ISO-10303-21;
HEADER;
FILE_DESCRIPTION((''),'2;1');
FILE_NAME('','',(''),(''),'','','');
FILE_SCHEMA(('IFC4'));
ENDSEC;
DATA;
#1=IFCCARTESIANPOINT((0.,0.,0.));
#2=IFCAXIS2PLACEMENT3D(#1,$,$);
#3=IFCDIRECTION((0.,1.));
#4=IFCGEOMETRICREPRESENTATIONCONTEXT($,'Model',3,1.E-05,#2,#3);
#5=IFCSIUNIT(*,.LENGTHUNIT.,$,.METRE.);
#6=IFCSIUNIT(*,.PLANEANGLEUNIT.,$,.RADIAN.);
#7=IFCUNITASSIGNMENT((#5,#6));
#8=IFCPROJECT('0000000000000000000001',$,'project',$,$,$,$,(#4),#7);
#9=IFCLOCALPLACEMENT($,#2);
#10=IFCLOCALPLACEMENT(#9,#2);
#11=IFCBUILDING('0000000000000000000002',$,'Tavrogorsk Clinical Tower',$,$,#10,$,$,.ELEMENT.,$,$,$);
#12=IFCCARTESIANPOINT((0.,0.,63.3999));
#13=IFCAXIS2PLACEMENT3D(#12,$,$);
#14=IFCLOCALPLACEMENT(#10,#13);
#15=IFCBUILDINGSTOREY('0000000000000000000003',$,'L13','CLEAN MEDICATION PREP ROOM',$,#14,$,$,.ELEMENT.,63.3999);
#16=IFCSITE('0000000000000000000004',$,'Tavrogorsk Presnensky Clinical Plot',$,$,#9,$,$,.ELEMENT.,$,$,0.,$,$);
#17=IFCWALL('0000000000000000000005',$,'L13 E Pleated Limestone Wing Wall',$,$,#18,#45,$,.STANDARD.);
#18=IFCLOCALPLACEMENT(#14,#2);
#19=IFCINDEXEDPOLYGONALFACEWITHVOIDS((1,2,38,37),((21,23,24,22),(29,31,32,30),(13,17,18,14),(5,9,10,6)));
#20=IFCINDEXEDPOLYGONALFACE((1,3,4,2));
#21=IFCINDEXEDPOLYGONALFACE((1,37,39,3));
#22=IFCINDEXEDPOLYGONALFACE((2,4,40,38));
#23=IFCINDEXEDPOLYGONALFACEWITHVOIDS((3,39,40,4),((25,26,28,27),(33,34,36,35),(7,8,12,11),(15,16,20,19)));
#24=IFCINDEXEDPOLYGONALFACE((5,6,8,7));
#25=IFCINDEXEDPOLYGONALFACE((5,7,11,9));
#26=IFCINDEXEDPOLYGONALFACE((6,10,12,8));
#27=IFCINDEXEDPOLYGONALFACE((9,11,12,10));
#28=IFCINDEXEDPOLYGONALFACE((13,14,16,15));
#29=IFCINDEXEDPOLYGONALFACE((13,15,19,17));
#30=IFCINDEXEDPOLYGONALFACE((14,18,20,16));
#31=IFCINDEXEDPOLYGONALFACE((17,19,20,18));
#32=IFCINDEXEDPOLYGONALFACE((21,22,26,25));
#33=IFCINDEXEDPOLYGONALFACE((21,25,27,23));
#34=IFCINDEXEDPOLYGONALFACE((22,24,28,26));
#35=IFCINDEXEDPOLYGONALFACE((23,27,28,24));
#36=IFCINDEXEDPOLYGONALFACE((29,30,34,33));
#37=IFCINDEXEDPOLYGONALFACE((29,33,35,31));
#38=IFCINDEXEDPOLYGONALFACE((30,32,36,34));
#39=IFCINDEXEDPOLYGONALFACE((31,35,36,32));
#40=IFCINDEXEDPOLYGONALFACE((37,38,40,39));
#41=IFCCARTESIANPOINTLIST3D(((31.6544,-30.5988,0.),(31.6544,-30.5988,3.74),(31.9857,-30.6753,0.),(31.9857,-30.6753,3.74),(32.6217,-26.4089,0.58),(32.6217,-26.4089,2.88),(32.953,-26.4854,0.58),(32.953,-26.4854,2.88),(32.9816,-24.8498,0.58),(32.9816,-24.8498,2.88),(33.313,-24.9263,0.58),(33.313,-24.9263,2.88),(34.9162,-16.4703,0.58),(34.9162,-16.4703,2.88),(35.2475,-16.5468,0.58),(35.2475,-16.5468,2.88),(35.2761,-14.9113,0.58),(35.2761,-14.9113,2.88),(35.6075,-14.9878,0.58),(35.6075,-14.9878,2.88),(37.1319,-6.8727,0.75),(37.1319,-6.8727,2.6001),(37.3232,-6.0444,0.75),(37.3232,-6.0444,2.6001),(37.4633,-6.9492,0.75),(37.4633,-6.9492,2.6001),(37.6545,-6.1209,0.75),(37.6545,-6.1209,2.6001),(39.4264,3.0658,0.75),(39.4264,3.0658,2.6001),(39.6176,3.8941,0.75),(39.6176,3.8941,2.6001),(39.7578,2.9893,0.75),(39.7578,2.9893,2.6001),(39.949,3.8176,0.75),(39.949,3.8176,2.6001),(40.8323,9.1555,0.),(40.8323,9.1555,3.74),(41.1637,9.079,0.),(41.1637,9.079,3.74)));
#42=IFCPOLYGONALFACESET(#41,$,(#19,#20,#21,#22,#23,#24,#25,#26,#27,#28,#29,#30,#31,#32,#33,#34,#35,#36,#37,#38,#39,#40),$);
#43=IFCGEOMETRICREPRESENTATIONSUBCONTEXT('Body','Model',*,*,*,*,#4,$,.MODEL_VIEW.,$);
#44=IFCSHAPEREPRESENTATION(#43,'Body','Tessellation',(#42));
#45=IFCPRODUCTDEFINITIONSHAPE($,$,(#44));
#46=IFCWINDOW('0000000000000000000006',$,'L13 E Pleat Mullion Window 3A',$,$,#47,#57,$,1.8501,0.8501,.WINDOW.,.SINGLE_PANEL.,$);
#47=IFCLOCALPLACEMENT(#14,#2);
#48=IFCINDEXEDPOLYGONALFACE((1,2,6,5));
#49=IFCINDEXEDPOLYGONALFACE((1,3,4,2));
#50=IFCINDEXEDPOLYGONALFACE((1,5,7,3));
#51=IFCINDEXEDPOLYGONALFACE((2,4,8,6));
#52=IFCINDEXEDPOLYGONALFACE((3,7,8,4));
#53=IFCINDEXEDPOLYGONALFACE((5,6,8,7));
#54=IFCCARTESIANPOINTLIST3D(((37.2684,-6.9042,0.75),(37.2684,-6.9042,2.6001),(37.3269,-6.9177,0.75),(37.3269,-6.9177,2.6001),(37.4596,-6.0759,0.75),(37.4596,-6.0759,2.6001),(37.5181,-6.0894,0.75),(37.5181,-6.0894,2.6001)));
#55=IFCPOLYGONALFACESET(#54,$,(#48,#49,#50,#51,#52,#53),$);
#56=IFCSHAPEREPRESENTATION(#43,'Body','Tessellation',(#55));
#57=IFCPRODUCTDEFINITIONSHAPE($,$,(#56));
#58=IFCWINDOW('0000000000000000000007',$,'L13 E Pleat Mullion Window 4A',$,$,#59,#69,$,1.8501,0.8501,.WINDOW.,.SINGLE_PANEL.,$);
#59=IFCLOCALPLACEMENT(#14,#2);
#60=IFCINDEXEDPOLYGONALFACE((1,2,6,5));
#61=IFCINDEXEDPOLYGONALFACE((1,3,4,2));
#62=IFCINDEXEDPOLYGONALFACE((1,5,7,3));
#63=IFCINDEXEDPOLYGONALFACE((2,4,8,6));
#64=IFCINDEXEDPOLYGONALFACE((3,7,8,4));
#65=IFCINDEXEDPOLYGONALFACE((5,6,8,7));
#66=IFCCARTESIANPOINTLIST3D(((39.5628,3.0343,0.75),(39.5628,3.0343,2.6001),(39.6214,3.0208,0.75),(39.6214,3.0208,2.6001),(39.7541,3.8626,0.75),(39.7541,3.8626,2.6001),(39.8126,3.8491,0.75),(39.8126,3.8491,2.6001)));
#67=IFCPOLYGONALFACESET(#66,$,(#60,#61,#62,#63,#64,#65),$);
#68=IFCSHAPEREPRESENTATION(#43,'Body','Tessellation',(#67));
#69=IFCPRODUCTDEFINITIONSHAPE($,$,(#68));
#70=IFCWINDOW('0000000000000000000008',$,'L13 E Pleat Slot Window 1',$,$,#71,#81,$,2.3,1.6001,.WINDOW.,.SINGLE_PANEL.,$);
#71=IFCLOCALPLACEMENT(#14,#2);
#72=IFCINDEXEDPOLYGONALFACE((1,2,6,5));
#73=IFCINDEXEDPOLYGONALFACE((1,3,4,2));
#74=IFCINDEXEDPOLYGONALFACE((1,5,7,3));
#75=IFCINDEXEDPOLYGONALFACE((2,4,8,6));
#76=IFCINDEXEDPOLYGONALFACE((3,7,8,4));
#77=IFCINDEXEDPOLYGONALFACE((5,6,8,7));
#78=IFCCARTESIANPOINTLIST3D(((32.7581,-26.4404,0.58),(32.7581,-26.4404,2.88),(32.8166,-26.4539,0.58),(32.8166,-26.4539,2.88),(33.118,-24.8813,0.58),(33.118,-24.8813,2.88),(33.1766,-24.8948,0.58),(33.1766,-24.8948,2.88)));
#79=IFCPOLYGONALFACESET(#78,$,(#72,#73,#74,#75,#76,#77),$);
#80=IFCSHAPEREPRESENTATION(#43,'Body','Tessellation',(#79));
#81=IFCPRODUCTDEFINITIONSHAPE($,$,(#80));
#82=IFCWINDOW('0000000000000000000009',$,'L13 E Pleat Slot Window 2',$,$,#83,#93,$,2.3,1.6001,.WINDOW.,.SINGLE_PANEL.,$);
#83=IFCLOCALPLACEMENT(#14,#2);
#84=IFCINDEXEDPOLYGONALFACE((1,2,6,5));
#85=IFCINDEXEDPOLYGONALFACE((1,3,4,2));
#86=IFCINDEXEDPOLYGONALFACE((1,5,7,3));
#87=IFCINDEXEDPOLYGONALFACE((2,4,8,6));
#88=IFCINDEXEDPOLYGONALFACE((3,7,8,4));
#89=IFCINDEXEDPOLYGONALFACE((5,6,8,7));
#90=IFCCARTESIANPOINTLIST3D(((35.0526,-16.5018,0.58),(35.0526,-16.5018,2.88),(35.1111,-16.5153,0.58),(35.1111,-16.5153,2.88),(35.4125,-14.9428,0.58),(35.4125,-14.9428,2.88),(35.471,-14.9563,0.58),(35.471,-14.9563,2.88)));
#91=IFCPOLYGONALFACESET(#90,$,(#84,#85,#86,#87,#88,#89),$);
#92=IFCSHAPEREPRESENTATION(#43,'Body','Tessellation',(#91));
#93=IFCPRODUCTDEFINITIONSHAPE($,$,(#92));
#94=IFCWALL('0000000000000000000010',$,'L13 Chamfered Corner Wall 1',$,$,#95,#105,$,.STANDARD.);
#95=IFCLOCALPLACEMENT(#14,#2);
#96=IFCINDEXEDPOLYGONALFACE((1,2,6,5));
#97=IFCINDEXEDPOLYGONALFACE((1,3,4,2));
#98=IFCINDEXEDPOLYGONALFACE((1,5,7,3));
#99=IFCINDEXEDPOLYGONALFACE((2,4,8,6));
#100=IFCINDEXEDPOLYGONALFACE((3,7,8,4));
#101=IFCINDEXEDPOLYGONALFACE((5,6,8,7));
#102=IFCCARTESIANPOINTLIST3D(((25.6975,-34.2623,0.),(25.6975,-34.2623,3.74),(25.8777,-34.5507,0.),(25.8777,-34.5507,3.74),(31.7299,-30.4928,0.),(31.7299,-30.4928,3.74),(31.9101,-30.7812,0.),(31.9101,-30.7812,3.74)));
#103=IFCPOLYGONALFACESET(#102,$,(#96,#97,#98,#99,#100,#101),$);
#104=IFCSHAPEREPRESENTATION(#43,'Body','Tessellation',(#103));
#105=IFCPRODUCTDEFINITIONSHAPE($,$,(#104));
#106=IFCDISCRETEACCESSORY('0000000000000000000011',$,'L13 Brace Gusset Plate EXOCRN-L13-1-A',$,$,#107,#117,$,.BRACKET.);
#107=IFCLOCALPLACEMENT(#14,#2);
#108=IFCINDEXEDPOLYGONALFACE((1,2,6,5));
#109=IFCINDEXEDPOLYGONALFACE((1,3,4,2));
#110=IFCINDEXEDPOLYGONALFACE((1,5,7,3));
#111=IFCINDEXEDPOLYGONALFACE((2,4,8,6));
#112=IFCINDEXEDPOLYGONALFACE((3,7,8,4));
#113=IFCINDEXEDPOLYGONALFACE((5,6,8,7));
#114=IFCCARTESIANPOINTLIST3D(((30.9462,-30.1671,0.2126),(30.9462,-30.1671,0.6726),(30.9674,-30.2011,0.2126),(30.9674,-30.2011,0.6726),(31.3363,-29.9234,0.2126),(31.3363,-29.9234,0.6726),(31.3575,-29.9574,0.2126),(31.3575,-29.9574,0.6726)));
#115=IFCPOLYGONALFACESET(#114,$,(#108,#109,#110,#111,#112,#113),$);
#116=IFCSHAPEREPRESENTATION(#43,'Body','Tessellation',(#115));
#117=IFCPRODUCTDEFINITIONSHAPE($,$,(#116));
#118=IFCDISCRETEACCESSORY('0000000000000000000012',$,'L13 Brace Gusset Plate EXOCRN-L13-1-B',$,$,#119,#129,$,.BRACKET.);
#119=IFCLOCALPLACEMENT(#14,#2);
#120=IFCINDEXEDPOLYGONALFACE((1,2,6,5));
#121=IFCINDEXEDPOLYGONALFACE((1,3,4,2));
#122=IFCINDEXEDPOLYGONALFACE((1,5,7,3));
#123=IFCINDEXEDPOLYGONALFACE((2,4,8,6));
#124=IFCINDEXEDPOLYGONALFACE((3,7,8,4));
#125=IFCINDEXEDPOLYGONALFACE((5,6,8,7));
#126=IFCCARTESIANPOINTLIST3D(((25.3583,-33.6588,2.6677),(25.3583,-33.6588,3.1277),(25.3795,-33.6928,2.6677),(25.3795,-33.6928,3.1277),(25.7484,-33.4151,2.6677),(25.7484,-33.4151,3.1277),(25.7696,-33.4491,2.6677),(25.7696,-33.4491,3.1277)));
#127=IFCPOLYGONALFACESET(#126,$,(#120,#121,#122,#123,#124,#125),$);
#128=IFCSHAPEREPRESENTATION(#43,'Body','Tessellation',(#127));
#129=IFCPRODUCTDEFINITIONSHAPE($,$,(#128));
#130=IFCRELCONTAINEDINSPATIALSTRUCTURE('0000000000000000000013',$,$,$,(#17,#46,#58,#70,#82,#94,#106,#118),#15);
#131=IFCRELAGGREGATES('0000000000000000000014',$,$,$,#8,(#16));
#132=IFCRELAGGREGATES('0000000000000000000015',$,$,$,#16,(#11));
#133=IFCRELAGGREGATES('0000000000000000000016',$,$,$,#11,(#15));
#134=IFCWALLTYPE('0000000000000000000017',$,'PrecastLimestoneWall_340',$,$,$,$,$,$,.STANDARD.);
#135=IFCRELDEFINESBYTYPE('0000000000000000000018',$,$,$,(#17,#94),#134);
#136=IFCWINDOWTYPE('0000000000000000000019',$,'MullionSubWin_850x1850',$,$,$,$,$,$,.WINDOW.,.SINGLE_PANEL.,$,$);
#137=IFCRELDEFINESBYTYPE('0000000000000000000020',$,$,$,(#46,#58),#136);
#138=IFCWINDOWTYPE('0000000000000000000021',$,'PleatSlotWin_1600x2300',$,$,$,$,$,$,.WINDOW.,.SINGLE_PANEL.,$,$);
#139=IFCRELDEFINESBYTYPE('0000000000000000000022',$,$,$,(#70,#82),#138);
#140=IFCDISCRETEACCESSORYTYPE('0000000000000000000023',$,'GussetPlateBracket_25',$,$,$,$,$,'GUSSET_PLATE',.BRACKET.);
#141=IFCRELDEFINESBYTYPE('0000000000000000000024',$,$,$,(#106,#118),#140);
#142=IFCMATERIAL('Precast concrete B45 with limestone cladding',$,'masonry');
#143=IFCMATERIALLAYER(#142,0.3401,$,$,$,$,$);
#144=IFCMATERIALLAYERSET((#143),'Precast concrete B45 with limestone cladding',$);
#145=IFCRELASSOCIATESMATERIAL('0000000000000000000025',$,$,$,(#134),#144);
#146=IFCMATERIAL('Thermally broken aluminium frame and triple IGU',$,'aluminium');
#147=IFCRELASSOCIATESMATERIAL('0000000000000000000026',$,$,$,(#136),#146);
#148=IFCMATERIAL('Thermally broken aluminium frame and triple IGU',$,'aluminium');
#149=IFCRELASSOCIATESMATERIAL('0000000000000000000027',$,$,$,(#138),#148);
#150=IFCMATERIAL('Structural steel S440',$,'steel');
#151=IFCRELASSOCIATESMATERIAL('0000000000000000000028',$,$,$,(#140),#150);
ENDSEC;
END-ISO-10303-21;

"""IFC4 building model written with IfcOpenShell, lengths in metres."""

from ifc_helpers import new_model, si_unit, direction, frame, frame_2d, origin, origin_2d, place, context, subcontext, project, spatial, rectangle, extrude, material, layer, layer_set, type_object, element, fill, save


model = new_model("IFC4")

# Units and contexts
model_context = context("Model", 3, precision=1e-05, world=origin(), true_north=direction((0.0, 1.0)))
body_context = subcontext(model_context, "Body", "Model", "MODEL_VIEW")
ifc_project = project(units=[si_unit("LENGTHUNIT", "METRE"), si_unit("PLANEANGLEUNIT", "RADIAN")], contexts=[model_context])

# Site, building, storey
site_placement = place(None, origin())
site = spatial("IfcSite", under=ifc_project, at=site_placement, Name="Tavrogorsk Presnensky Clinical Plot", CompositionType="ELEMENT", RefElevation=0.0)
building_placement = place(site_placement, origin())
building = spatial("IfcBuilding", under=site, at=building_placement, Name="Tavrogorsk Clinical Tower", CompositionType="ELEMENT")
storey_placement = place(building_placement, frame((0.0, 0.0, 63.3999)))
storey = spatial("IfcBuildingStorey", under=building, at=storey_placement, Name="L13", Description="CLEAN MEDICATION PREP ROOM", CompositionType="ELEMENT", Elevation=63.3999)

# Wall, openings, windows
ifc_material_1 = material(Name="Precast concrete B45 with limestone cladding", Category="masonry")
ifc_layer_1 = layer(ifc_material_1, 0.3401)
ifc_layer_set_1 = layer_set([ifc_layer_1], Name="Precast concrete B45 with limestone cladding")
wall_type_1 = type_object("IfcWallType", Name="PrecastLimestoneWall_340", PredefinedType="STANDARD", material=ifc_layer_set_1)
wall_1_placement = place(storey_placement, frame((31.8201, -30.637, 0.0), z_axis=(0.0, 0.0, 1.0), x_axis=(0.22495, 0.97437, 0.0)))
wall_1 = element("IfcWall", 1, at=wall_1_placement, inside=storey, type_object=wall_type_1, Name="L13 E Pleated Limestone Wing Wall", PredefinedType="STANDARD", context=body_context, shape_type="SweptSolid", body=[
    extrude(rectangle(XDim=40.8, YDim=0.3401, at=frame_2d((20.3999, 0.0))), origin(), (0.0, 0.0, 1.0), 3.74),
])
opening_1_placement = place(wall_1_placement, frame((4.3, 0.0, 0.5801)))
opening_1 = element("IfcOpeningElement", 2, at=opening_1_placement, cuts=wall_1, PredefinedType="OPENING", context=body_context, shape_type="SweptSolid", body=[
    extrude(rectangle(XDim=1.6001, YDim=2.3, at=frame_2d((0.8, 1.1499))), frame((0.0, 0.1799, 0.0), z_axis=(0.0, -1.0, 0.0), x_axis=(1.0, 0.0, 0.0)), (0.0, 0.0, 1.0), 0.3601),
])
opening_2_placement = place(wall_1_placement, frame((14.5, 0.0, 0.5801)))
opening_2 = element("IfcOpeningElement", 3, at=opening_2_placement, cuts=wall_1, PredefinedType="OPENING", context=body_context, shape_type="SweptSolid", body=[
    extrude(rectangle(XDim=1.6001, YDim=2.3, at=frame_2d((0.8, 1.1499))), frame((0.0, 0.1799, 0.0), z_axis=(0.0, -1.0, 0.0), x_axis=(1.0, 0.0, 0.0)), (0.0, 0.0, 1.0), 0.3601),
])
opening_3_placement = place(wall_1_placement, frame((24.3501, 0.0, 0.75)))
opening_3 = element("IfcOpeningElement", 4, at=opening_3_placement, cuts=wall_1, PredefinedType="OPENING", context=body_context, shape_type="SweptSolid", body=[
    extrude(rectangle(XDim=0.8501, YDim=1.8501, at=frame_2d((0.425, 0.925))), frame((0.0, 0.1799, 0.0), z_axis=(0.0, -1.0, 0.0), x_axis=(1.0, 0.0, 0.0)), (0.0, 0.0, 1.0), 0.3601),
])
opening_4_placement = place(wall_1_placement, frame((34.55, 0.0, 0.75)))
opening_4 = element("IfcOpeningElement", 5, at=opening_4_placement, cuts=wall_1, PredefinedType="OPENING", context=body_context, shape_type="SweptSolid", body=[
    extrude(rectangle(XDim=0.8501, YDim=1.8501, at=frame_2d((0.425, 0.925))), frame((0.0, 0.1799, 0.0), z_axis=(0.0, -1.0, 0.0), x_axis=(1.0, 0.0, 0.0)), (0.0, 0.0, 1.0), 0.3601),
])
ifc_material_2 = material(Name="Thermally broken aluminium frame and triple IGU", Category="aluminium")
window_type_1 = type_object("IfcWindowType", Name="MullionSubWin_850x1850", PartitioningType="SINGLE_PANEL", PredefinedType="WINDOW", material=ifc_material_2)
window_1_placement = place(opening_3_placement, origin())
window_1 = element("IfcWindow", 6, at=window_1_placement, inside=storey, type_object=window_type_1, Name="L13 E Pleat Mullion Window 3A", OverallHeight=1.8501, OverallWidth=0.8501, PartitioningType="SINGLE_PANEL", PredefinedType="WINDOW", context=body_context, shape_type="SweptSolid", body=[
    extrude(rectangle(XDim=0.8501, YDim=1.8501, at=frame_2d((0.425, 0.925))), frame((0.0, 0.03, 0.0), z_axis=(0.0, -1.0, 0.0), x_axis=(1.0, 0.0, 0.0)), (0.0, 0.0, 1.0), 0.0601),
])
fill(opening_3, window_1)
window_2_placement = place(opening_4_placement, origin())
window_2 = element("IfcWindow", 7, at=window_2_placement, inside=storey, type_object=window_type_1, Name="L13 E Pleat Mullion Window 4A", OverallHeight=1.8501, OverallWidth=0.8501, PartitioningType="SINGLE_PANEL", PredefinedType="WINDOW", context=body_context, shape_type="SweptSolid", body=[
    extrude(rectangle(XDim=0.8501, YDim=1.8501, at=frame_2d((0.425, 0.925))), frame((0.0, 0.03, 0.0), z_axis=(0.0, -1.0, 0.0), x_axis=(1.0, 0.0, 0.0)), (0.0, 0.0, 1.0), 0.0601),
])
fill(opening_4, window_2)
ifc_material_3 = material(Name="Thermally broken aluminium frame and triple IGU", Category="aluminium")
window_type_2 = type_object("IfcWindowType", Name="PleatSlotWin_1600x2300", PartitioningType="SINGLE_PANEL", PredefinedType="WINDOW", material=ifc_material_3)
window_3_placement = place(opening_1_placement, origin())
window_3 = element("IfcWindow", 8, at=window_3_placement, inside=storey, type_object=window_type_2, Name="L13 E Pleat Slot Window 1", OverallHeight=2.3, OverallWidth=1.6001, PartitioningType="SINGLE_PANEL", PredefinedType="WINDOW", context=body_context, shape_type="SweptSolid", body=[
    extrude(rectangle(XDim=1.6001, YDim=2.3, at=frame_2d((0.8, 1.1499))), frame((0.0, 0.03, 0.0), z_axis=(0.0, -1.0, 0.0), x_axis=(1.0, 0.0, 0.0)), (0.0, 0.0, 1.0), 0.0601),
])
fill(opening_1, window_3)
window_4_placement = place(opening_2_placement, origin())
window_4 = element("IfcWindow", 9, at=window_4_placement, inside=storey, type_object=window_type_2, Name="L13 E Pleat Slot Window 2", OverallHeight=2.3, OverallWidth=1.6001, PartitioningType="SINGLE_PANEL", PredefinedType="WINDOW", context=body_context, shape_type="SweptSolid", body=[
    extrude(rectangle(XDim=1.6001, YDim=2.3, at=frame_2d((0.8, 1.1499))), frame((0.0, 0.03, 0.0), z_axis=(0.0, -1.0, 0.0), x_axis=(1.0, 0.0, 0.0)), (0.0, 0.0, 1.0), 0.0601),
])
fill(opening_2, window_4)

# Wall
wall_2_placement = place(storey_placement, frame((25.7876, -34.4065, 0.0), z_axis=(0.0, 0.0, 1.0), x_axis=(0.848047, 0.529922, 0.0)))
element("IfcWall", 10, at=wall_2_placement, inside=storey, type_object=wall_type_1, Name="L13 Chamfered Corner Wall 1", PredefinedType="STANDARD", context=body_context, shape_type="SweptSolid", body=[
    extrude(rectangle(XDim=7.1133, YDim=0.3401, at=frame_2d((3.5566, 0.0))), origin(), (0.0, 0.0, 1.0), 3.74),
])

# Discrete accessories
ifc_material_4 = material(Name="Structural steel S440", Category="steel")
discrete_accessory_type = type_object("IfcDiscreteAccessoryType", Name="GussetPlateBracket_25", ElementType="GUSSET_PLATE", PredefinedType="BRACKET", material=ifc_material_4)
for number, where, z_axis, x_axis, name in (
    (11, (31.1519, -30.0623, 0.2126), (0.0, 0.0, 1.0), (-0.848048, -0.529919, 0.0), "L13 Brace Gusset Plate EXOCRN-L13-1-A"),
    (12, (25.564, -33.554, 2.6677), (0.0, 0.0, 1.0), (-0.848048, -0.529919, 0.0), "L13 Brace Gusset Plate EXOCRN-L13-1-B"),
):
    element("IfcDiscreteAccessory", number, at=place(storey_placement, frame(where, z_axis=z_axis, x_axis=x_axis)), inside=storey, type_object=discrete_accessory_type, Name=name, PredefinedType="BRACKET", context=body_context, shape_type="SweptSolid", body=[
        extrude(rectangle(XDim=0.46, YDim=0.04, at=origin_2d()), origin(), (0.0, 0.0, 1.0), 0.46),
    ])

save(model, "model.ifc")
